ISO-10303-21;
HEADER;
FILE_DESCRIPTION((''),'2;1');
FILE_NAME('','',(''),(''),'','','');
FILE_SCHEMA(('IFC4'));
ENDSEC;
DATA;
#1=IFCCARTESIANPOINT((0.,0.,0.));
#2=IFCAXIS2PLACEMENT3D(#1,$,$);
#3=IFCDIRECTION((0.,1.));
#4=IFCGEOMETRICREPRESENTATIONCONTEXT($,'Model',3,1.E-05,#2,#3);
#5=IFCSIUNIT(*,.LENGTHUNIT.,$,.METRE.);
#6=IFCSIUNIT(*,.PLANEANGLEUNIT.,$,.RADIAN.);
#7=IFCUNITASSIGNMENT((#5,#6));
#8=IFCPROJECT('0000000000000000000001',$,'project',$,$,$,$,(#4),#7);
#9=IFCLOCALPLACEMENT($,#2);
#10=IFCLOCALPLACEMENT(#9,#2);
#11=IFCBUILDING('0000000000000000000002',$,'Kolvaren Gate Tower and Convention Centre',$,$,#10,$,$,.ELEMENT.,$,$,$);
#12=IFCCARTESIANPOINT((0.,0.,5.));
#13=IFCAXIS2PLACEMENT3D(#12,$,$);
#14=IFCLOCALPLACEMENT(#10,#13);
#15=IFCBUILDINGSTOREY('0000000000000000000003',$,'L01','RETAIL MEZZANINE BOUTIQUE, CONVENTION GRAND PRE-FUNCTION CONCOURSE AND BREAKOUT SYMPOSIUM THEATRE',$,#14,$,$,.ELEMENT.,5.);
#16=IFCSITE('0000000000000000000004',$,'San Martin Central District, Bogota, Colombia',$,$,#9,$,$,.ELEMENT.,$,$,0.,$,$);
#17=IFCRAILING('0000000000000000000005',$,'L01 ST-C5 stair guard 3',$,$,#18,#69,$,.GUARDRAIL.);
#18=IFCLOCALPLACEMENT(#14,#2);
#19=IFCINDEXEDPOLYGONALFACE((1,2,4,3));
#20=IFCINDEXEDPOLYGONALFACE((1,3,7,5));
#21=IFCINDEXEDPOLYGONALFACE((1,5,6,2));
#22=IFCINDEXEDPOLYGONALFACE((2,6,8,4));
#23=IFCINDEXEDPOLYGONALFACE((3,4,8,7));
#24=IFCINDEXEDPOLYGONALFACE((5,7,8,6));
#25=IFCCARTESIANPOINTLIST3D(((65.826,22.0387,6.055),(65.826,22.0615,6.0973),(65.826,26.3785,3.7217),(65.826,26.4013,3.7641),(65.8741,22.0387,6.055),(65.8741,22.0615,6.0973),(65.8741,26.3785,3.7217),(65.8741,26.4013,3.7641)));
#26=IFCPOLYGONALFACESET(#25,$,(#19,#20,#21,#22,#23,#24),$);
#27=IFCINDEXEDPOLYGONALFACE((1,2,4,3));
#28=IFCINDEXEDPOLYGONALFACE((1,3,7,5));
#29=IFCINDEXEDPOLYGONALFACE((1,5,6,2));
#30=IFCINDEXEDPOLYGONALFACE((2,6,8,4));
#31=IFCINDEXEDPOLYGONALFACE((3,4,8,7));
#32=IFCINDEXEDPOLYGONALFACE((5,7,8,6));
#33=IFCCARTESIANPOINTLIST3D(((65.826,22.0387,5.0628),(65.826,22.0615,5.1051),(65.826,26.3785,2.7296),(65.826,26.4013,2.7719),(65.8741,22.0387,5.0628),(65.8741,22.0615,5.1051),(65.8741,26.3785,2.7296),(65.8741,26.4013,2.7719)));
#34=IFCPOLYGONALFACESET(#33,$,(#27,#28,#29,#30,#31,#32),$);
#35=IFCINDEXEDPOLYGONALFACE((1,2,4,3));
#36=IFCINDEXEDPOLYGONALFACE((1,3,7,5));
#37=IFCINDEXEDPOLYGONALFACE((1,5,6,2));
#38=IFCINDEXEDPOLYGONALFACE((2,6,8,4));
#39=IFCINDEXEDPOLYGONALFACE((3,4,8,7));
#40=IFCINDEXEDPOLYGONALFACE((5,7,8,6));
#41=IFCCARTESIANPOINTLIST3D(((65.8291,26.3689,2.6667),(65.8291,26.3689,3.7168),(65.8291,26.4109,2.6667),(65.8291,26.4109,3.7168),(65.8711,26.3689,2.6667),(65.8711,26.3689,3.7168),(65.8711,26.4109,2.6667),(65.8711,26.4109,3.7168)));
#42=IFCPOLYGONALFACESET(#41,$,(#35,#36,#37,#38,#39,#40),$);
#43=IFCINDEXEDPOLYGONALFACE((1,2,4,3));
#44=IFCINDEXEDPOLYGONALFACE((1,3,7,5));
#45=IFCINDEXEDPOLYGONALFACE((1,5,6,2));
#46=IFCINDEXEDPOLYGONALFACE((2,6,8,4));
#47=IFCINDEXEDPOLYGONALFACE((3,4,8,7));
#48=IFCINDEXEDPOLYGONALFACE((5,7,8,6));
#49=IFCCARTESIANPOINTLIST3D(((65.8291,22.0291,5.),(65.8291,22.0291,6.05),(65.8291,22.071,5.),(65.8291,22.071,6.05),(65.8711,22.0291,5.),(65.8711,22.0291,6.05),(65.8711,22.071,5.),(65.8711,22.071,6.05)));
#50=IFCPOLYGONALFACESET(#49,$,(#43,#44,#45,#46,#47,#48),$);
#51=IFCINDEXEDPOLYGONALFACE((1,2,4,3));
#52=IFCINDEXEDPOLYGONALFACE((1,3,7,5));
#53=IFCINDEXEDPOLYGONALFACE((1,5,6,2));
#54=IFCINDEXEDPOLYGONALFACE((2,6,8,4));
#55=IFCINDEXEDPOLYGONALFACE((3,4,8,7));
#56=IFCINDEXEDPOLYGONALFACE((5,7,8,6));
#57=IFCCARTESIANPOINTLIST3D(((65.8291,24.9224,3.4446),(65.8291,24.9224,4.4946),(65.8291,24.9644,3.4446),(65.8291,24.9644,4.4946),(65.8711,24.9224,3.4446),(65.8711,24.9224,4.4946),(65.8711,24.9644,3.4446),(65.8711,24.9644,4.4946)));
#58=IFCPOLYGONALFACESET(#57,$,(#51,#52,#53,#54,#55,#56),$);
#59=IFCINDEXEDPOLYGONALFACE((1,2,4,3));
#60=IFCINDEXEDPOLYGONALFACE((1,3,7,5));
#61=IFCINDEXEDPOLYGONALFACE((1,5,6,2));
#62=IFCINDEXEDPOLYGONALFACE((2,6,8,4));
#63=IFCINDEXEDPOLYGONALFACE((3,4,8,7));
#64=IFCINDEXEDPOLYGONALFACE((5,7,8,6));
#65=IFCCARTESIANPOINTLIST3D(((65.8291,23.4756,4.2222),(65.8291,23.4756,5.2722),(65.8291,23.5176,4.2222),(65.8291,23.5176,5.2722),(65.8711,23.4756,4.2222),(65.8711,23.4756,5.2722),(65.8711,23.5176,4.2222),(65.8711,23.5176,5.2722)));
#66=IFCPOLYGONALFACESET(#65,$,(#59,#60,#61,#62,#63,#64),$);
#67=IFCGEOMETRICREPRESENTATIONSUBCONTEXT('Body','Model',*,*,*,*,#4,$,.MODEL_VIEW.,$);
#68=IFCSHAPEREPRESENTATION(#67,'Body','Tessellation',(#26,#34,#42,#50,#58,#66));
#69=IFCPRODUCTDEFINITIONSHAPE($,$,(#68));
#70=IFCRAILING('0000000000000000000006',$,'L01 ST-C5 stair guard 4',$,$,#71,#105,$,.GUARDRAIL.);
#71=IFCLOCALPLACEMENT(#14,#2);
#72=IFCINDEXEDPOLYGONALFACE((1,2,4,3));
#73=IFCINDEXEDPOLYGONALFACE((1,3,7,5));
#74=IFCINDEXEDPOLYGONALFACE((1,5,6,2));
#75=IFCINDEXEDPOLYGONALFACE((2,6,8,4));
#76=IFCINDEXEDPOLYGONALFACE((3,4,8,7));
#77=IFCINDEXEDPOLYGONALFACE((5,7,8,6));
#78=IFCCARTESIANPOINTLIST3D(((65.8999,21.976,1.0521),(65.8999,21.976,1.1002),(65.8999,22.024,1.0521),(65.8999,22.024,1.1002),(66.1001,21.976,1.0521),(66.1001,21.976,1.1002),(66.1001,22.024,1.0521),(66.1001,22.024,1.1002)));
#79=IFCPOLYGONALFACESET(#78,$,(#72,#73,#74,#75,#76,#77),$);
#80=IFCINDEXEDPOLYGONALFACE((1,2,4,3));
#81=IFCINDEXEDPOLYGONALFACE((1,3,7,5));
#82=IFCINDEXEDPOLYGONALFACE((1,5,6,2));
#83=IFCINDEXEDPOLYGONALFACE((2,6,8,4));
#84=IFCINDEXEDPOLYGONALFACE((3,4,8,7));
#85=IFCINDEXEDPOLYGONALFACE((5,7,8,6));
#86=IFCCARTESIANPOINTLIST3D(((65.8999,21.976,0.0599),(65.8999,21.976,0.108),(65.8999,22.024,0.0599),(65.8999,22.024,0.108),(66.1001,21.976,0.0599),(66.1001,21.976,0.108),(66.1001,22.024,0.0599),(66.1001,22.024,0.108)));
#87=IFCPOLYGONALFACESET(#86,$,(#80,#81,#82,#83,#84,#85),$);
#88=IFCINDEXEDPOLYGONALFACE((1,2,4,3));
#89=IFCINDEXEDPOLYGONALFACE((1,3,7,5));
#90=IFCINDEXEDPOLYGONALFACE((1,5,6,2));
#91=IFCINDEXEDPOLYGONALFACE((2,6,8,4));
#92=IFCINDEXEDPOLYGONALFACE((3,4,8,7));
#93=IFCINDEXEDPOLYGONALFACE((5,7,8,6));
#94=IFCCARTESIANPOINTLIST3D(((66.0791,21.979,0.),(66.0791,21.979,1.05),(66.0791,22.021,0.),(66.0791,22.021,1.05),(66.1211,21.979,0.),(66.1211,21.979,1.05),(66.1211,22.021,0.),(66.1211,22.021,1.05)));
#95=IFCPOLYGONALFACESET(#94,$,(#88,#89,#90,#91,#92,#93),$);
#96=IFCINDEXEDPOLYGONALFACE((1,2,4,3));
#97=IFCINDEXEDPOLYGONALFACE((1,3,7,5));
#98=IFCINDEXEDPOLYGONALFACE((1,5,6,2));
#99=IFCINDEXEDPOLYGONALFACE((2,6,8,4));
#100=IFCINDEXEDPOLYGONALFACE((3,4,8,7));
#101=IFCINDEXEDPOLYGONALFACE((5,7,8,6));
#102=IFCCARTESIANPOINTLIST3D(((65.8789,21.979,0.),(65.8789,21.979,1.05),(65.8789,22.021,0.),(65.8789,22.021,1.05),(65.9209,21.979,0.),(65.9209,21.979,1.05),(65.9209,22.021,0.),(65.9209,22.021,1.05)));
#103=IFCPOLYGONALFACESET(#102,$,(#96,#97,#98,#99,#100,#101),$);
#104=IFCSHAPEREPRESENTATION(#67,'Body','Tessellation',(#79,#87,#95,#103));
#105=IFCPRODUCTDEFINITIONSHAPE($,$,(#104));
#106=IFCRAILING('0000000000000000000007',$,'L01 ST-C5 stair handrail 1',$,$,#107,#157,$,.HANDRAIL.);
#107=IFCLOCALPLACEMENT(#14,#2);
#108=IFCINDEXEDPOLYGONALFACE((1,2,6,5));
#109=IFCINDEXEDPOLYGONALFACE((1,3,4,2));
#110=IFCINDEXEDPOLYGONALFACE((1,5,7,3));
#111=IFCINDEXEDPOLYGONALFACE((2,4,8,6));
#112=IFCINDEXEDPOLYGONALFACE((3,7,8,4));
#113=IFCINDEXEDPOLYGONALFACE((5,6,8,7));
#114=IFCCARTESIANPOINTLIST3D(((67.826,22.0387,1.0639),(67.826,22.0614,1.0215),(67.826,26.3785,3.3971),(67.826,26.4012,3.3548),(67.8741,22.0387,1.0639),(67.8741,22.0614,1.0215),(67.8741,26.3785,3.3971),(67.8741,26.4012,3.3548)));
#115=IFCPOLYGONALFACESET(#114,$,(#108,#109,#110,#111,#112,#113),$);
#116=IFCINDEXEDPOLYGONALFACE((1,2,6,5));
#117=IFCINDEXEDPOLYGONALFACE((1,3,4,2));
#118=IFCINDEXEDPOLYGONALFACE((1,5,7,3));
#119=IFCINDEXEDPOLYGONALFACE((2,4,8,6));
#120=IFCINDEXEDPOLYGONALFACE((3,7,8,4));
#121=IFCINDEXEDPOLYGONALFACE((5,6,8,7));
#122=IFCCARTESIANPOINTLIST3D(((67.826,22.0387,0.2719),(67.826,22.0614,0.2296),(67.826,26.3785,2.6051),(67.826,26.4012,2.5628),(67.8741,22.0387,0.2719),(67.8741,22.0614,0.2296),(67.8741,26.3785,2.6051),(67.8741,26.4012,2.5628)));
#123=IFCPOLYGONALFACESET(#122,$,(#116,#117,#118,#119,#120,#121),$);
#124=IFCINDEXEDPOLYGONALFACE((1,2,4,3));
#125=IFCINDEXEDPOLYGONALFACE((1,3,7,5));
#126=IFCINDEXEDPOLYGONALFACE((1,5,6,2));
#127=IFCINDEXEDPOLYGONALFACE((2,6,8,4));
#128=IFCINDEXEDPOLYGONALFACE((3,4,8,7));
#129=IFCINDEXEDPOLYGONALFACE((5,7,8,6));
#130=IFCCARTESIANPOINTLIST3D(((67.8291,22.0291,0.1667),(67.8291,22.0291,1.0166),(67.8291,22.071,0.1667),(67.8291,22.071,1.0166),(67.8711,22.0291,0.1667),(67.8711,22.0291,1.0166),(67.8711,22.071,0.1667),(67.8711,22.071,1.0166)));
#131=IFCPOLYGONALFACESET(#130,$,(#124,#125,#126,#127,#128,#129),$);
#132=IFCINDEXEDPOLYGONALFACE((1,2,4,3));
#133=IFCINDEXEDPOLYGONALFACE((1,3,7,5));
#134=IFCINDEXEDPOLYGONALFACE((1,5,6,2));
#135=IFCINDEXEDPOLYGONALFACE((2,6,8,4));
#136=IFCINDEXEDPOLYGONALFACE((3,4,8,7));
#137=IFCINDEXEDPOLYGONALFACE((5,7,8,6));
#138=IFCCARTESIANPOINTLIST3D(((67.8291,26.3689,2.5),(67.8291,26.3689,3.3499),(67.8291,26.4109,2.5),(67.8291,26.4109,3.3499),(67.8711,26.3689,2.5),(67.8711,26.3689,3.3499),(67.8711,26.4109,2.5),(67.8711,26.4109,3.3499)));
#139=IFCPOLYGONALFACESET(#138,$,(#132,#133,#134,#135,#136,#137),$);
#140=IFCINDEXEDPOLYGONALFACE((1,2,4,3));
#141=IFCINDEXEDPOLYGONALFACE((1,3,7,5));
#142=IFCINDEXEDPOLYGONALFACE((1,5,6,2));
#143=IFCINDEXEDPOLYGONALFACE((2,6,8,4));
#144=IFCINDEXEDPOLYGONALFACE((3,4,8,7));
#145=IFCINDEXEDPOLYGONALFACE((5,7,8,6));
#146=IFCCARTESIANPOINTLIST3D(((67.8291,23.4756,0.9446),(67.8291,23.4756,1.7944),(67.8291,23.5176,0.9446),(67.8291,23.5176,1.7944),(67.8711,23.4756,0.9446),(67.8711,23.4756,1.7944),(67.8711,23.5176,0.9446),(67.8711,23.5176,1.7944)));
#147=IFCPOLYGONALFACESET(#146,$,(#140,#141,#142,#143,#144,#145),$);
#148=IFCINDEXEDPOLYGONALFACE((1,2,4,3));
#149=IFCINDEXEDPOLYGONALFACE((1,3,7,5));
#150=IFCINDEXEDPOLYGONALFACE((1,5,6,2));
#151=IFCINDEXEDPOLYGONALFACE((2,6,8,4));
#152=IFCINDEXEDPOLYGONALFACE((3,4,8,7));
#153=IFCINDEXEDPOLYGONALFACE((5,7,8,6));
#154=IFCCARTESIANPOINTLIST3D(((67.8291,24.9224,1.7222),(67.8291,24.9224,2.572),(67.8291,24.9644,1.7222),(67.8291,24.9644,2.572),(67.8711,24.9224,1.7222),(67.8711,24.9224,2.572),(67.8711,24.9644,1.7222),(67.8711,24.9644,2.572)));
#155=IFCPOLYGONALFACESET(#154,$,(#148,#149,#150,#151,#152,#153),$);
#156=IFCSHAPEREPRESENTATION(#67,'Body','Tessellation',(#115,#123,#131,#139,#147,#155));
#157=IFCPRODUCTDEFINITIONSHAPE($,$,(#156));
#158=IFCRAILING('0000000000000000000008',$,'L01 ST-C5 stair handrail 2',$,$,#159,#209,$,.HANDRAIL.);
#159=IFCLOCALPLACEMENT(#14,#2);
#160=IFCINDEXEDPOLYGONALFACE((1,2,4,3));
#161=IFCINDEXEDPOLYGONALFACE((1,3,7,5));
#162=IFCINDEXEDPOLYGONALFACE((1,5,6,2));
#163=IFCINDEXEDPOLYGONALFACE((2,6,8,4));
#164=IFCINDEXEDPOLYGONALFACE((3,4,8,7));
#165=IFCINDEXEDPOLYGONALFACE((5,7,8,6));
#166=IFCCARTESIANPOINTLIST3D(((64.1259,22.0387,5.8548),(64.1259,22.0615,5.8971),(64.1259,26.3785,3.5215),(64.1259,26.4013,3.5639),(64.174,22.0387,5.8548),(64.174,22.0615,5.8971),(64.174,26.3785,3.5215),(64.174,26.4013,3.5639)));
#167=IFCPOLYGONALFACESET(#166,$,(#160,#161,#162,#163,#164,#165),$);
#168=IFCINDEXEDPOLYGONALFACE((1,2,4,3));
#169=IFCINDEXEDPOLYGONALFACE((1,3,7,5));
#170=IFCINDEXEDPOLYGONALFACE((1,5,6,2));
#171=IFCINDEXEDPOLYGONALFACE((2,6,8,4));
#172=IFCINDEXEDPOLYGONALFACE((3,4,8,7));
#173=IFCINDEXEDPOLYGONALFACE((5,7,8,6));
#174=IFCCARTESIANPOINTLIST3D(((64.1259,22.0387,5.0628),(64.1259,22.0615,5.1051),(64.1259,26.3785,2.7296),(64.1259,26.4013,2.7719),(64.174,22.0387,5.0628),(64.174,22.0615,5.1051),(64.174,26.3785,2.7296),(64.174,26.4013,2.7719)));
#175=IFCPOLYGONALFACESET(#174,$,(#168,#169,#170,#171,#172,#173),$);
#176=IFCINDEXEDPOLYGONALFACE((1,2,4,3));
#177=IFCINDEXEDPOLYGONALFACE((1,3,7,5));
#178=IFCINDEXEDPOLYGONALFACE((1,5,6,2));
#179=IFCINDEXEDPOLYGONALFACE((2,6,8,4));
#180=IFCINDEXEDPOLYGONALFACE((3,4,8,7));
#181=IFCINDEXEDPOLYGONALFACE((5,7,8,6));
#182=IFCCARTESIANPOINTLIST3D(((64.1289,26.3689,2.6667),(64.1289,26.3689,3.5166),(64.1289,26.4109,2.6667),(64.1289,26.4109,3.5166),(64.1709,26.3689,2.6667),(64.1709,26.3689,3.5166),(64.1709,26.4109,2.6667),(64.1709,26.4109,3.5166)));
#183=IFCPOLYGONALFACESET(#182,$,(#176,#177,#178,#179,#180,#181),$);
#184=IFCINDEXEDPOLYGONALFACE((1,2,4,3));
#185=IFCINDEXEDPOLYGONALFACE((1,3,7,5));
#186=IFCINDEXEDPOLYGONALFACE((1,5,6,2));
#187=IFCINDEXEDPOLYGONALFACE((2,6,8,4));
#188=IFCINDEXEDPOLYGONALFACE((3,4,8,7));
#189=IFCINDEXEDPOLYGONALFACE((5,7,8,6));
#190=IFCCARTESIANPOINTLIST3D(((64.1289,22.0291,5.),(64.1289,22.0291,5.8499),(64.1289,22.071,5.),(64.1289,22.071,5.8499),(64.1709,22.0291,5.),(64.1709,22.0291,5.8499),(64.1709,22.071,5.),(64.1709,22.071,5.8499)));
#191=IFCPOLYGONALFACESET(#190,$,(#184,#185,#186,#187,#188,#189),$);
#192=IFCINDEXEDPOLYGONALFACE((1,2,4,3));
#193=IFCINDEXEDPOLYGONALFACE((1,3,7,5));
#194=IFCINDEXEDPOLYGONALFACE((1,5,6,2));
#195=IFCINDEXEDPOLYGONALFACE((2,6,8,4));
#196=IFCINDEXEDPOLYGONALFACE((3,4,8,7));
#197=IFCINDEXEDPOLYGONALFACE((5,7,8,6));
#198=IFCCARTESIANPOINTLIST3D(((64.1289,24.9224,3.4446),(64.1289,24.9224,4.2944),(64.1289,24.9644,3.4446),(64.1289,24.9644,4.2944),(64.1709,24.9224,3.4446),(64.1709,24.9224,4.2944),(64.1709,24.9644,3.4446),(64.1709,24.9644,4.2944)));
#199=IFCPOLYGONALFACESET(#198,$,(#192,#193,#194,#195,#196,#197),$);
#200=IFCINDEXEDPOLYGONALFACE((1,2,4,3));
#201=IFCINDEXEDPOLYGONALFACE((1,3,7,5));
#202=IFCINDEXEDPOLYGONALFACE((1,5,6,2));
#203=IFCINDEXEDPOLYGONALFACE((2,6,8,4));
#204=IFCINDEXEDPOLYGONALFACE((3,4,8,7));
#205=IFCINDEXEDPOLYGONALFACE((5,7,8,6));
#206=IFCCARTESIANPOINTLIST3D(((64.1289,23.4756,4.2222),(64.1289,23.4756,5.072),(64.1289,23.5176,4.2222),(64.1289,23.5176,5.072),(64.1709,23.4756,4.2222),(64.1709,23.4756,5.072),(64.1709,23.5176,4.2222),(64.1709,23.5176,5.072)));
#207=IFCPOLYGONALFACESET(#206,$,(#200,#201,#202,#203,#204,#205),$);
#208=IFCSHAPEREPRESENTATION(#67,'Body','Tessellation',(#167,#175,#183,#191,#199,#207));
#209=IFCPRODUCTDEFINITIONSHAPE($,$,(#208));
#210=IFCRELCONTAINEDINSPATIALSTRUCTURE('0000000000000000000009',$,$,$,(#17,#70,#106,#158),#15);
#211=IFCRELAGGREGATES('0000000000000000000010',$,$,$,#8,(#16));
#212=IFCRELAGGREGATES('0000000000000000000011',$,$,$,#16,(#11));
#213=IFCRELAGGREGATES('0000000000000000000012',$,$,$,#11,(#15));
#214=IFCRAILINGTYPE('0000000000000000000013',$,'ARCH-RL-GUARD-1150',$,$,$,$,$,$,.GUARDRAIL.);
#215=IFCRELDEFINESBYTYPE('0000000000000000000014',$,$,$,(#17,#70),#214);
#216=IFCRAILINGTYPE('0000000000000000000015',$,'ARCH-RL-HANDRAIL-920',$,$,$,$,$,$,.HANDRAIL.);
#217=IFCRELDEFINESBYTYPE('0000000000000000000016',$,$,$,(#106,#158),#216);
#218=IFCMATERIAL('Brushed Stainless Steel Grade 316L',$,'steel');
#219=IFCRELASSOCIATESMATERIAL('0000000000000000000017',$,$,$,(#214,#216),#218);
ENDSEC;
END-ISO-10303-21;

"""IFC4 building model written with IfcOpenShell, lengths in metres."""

from ifc_helpers import new_model, si_unit, direction, frame, origin, origin_2d, place, context, subcontext, project, spatial, rectangle, extrude, material, type_object, element, save


model = new_model("IFC4")

# Units and contexts
model_context = context("Model", 3, precision=1e-05, world=origin(), true_north=direction((0.0, 1.0)))
body_context = subcontext(model_context, "Body", "Model", "MODEL_VIEW")
ifc_project = project(units=[si_unit("LENGTHUNIT", "METRE"), si_unit("PLANEANGLEUNIT", "RADIAN")], contexts=[model_context])

# Site, building, storey
site_placement = place(None, origin())
site = spatial("IfcSite", under=ifc_project, at=site_placement, Name="San Martin Central District, Bogota, Colombia", CompositionType="ELEMENT", RefElevation=0.0)
building_placement = place(site_placement, origin())
building = spatial("IfcBuilding", under=site, at=building_placement, Name="Kolvaren Gate Tower and Convention Centre", CompositionType="ELEMENT")
storey_placement = place(building_placement, frame((0.0, 0.0, 5.0)))
storey = spatial("IfcBuildingStorey", under=building, at=storey_placement, Name="L01", Description="RETAIL MEZZANINE BOUTIQUE, CONVENTION GRAND PRE-FUNCTION CONCOURSE AND BREAKOUT SYMPOSIUM THEATRE", CompositionType="ELEMENT", Elevation=5.0)

# Railings
ifc_material_1 = material(Name="Brushed Stainless Steel Grade 316L", Category="steel")
railing_type_1 = type_object("IfcRailingType", Name="ARCH-RL-GUARD-1150", PredefinedType="GUARDRAIL", material=ifc_material_1)
railing_1_placement = place(storey_placement, frame((65.8501, 26.3899, 2.6667)))
element("IfcRailing", 1, at=railing_1_placement, inside=storey, type_object=railing_type_1, Name="L01 ST-C5 stair guard 3", PredefinedType="GUARDRAIL", context=body_context, shape_type="SweptSolid", body=[
    extrude(rectangle(XDim=0.0481, YDim=0.0481, at=origin_2d()), frame((0.0, 0.0, 1.0762), z_axis=(0.0, -0.880775, 0.473535), x_axis=(1.0, 0.0, 0.0)), (0.0, 0.0, 1.0), 4.9272),
    extrude(rectangle(XDim=0.0481, YDim=0.0481, at=origin_2d()), frame((0.0, 0.0, 0.084), z_axis=(0.0, -0.880775, 0.473535), x_axis=(1.0, 0.0, 0.0)), (0.0, 0.0, 1.0), 4.9272),
    extrude(rectangle(XDim=0.042, YDim=0.042, at=origin_2d()), origin(), (0.0, 0.0, 1.0), 1.05),
    extrude(rectangle(XDim=0.042, YDim=0.042, at=origin_2d()), frame((0.0, -4.3398, 2.3333)), (0.0, 0.0, 1.0), 1.05),
    extrude(rectangle(XDim=0.042, YDim=0.042, at=origin_2d()), frame((0.0, -1.4465, 0.7778)), (0.0, 0.0, 1.0), 1.05),
    extrude(rectangle(XDim=0.042, YDim=0.042, at=origin_2d()), frame((0.0, -2.8933, 1.5554)), (0.0, 0.0, 1.0), 1.05),
])
railing_2_placement = place(storey_placement, frame((66.1001, 22.0, 0.0)))
element("IfcRailing", 2, at=railing_2_placement, inside=storey, type_object=railing_type_1, Name="L01 ST-C5 stair guard 4", PredefinedType="GUARDRAIL", context=body_context, shape_type="SweptSolid", body=[
    extrude(rectangle(XDim=0.0481, YDim=0.0481, at=origin_2d()), frame((0.0, 0.0, 1.0762), z_axis=(-1.0, 0.0, 0.0), x_axis=(0.0, -1.0, 0.0)), (0.0, 0.0, 1.0), 0.2002),
    extrude(rectangle(XDim=0.0481, YDim=0.0481, at=origin_2d()), frame((0.0, 0.0, 0.084), z_axis=(-1.0, 0.0, 0.0), x_axis=(0.0, -1.0, 0.0)), (0.0, 0.0, 1.0), 0.2002),
    extrude(rectangle(XDim=0.042, YDim=0.042, at=origin_2d()), origin(), (0.0, 0.0, 1.0), 1.05),
    extrude(rectangle(XDim=0.042, YDim=0.042, at=origin_2d()), frame((-0.2002, 0.0, 0.0)), (0.0, 0.0, 1.0), 1.05),
])
railing_type_2 = type_object("IfcRailingType", Name="ARCH-RL-HANDRAIL-920", PredefinedType="HANDRAIL", material=ifc_material_1)
railing_3_placement = place(storey_placement, frame((67.8501, 22.05, 0.1667)))
element("IfcRailing", 3, at=railing_3_placement, inside=storey, type_object=railing_type_2, Name="L01 ST-C5 stair handrail 1", PredefinedType="HANDRAIL", context=body_context, shape_type="SweptSolid", body=[
    extrude(rectangle(XDim=0.0481, YDim=0.0481, at=origin_2d()), frame((0.0, 0.0, 0.876), z_axis=(0.0, 0.880775, 0.473535), x_axis=(-1.0, 0.0, 0.0)), (0.0, 0.0, 1.0), 4.9272),
    extrude(rectangle(XDim=0.0481, YDim=0.0481, at=origin_2d()), frame((0.0, 0.0, 0.084), z_axis=(0.0, 0.880775, 0.473535), x_axis=(-1.0, 0.0, 0.0)), (0.0, 0.0, 1.0), 4.9272),
    extrude(rectangle(XDim=0.042, YDim=0.042, at=origin_2d()), origin(), (0.0, 0.0, 1.0), 0.8499),
    extrude(rectangle(XDim=0.042, YDim=0.042, at=origin_2d()), frame((0.0, 4.3398, 2.3333)), (0.0, 0.0, 1.0), 0.8499),
    extrude(rectangle(XDim=0.042, YDim=0.042, at=origin_2d()), frame((0.0, 1.4465, 0.7778)), (0.0, 0.0, 1.0), 0.8499),
    extrude(rectangle(XDim=0.042, YDim=0.042, at=origin_2d()), frame((0.0, 2.8933, 1.5554)), (0.0, 0.0, 1.0), 0.8499),
])
railing_4_placement = place(storey_placement, frame((64.1499, 26.3899, 2.6667)))
element("IfcRailing", 4, at=railing_4_placement, inside=storey, type_object=railing_type_2, Name="L01 ST-C5 stair handrail 2", PredefinedType="HANDRAIL", context=body_context, shape_type="SweptSolid", body=[
    extrude(rectangle(XDim=0.0481, YDim=0.0481, at=origin_2d()), frame((0.0, 0.0, 0.876), z_axis=(0.0, -0.880775, 0.473535), x_axis=(1.0, 0.0, 0.0)), (0.0, 0.0, 1.0), 4.9272),
    extrude(rectangle(XDim=0.0481, YDim=0.0481, at=origin_2d()), frame((0.0, 0.0, 0.084), z_axis=(0.0, -0.880775, 0.473535), x_axis=(1.0, 0.0, 0.0)), (0.0, 0.0, 1.0), 4.9272),
    extrude(rectangle(XDim=0.042, YDim=0.042, at=origin_2d()), origin(), (0.0, 0.0, 1.0), 0.8499),
    extrude(rectangle(XDim=0.042, YDim=0.042, at=origin_2d()), frame((0.0, -4.3398, 2.3333)), (0.0, 0.0, 1.0), 0.8499),
    extrude(rectangle(XDim=0.042, YDim=0.042, at=origin_2d()), frame((0.0, -1.4465, 0.7778)), (0.0, 0.0, 1.0), 0.8499),
    extrude(rectangle(XDim=0.042, YDim=0.042, at=origin_2d()), frame((0.0, -2.8933, 1.5554)), (0.0, 0.0, 1.0), 0.8499),
])

save(model, "model.ifc")
